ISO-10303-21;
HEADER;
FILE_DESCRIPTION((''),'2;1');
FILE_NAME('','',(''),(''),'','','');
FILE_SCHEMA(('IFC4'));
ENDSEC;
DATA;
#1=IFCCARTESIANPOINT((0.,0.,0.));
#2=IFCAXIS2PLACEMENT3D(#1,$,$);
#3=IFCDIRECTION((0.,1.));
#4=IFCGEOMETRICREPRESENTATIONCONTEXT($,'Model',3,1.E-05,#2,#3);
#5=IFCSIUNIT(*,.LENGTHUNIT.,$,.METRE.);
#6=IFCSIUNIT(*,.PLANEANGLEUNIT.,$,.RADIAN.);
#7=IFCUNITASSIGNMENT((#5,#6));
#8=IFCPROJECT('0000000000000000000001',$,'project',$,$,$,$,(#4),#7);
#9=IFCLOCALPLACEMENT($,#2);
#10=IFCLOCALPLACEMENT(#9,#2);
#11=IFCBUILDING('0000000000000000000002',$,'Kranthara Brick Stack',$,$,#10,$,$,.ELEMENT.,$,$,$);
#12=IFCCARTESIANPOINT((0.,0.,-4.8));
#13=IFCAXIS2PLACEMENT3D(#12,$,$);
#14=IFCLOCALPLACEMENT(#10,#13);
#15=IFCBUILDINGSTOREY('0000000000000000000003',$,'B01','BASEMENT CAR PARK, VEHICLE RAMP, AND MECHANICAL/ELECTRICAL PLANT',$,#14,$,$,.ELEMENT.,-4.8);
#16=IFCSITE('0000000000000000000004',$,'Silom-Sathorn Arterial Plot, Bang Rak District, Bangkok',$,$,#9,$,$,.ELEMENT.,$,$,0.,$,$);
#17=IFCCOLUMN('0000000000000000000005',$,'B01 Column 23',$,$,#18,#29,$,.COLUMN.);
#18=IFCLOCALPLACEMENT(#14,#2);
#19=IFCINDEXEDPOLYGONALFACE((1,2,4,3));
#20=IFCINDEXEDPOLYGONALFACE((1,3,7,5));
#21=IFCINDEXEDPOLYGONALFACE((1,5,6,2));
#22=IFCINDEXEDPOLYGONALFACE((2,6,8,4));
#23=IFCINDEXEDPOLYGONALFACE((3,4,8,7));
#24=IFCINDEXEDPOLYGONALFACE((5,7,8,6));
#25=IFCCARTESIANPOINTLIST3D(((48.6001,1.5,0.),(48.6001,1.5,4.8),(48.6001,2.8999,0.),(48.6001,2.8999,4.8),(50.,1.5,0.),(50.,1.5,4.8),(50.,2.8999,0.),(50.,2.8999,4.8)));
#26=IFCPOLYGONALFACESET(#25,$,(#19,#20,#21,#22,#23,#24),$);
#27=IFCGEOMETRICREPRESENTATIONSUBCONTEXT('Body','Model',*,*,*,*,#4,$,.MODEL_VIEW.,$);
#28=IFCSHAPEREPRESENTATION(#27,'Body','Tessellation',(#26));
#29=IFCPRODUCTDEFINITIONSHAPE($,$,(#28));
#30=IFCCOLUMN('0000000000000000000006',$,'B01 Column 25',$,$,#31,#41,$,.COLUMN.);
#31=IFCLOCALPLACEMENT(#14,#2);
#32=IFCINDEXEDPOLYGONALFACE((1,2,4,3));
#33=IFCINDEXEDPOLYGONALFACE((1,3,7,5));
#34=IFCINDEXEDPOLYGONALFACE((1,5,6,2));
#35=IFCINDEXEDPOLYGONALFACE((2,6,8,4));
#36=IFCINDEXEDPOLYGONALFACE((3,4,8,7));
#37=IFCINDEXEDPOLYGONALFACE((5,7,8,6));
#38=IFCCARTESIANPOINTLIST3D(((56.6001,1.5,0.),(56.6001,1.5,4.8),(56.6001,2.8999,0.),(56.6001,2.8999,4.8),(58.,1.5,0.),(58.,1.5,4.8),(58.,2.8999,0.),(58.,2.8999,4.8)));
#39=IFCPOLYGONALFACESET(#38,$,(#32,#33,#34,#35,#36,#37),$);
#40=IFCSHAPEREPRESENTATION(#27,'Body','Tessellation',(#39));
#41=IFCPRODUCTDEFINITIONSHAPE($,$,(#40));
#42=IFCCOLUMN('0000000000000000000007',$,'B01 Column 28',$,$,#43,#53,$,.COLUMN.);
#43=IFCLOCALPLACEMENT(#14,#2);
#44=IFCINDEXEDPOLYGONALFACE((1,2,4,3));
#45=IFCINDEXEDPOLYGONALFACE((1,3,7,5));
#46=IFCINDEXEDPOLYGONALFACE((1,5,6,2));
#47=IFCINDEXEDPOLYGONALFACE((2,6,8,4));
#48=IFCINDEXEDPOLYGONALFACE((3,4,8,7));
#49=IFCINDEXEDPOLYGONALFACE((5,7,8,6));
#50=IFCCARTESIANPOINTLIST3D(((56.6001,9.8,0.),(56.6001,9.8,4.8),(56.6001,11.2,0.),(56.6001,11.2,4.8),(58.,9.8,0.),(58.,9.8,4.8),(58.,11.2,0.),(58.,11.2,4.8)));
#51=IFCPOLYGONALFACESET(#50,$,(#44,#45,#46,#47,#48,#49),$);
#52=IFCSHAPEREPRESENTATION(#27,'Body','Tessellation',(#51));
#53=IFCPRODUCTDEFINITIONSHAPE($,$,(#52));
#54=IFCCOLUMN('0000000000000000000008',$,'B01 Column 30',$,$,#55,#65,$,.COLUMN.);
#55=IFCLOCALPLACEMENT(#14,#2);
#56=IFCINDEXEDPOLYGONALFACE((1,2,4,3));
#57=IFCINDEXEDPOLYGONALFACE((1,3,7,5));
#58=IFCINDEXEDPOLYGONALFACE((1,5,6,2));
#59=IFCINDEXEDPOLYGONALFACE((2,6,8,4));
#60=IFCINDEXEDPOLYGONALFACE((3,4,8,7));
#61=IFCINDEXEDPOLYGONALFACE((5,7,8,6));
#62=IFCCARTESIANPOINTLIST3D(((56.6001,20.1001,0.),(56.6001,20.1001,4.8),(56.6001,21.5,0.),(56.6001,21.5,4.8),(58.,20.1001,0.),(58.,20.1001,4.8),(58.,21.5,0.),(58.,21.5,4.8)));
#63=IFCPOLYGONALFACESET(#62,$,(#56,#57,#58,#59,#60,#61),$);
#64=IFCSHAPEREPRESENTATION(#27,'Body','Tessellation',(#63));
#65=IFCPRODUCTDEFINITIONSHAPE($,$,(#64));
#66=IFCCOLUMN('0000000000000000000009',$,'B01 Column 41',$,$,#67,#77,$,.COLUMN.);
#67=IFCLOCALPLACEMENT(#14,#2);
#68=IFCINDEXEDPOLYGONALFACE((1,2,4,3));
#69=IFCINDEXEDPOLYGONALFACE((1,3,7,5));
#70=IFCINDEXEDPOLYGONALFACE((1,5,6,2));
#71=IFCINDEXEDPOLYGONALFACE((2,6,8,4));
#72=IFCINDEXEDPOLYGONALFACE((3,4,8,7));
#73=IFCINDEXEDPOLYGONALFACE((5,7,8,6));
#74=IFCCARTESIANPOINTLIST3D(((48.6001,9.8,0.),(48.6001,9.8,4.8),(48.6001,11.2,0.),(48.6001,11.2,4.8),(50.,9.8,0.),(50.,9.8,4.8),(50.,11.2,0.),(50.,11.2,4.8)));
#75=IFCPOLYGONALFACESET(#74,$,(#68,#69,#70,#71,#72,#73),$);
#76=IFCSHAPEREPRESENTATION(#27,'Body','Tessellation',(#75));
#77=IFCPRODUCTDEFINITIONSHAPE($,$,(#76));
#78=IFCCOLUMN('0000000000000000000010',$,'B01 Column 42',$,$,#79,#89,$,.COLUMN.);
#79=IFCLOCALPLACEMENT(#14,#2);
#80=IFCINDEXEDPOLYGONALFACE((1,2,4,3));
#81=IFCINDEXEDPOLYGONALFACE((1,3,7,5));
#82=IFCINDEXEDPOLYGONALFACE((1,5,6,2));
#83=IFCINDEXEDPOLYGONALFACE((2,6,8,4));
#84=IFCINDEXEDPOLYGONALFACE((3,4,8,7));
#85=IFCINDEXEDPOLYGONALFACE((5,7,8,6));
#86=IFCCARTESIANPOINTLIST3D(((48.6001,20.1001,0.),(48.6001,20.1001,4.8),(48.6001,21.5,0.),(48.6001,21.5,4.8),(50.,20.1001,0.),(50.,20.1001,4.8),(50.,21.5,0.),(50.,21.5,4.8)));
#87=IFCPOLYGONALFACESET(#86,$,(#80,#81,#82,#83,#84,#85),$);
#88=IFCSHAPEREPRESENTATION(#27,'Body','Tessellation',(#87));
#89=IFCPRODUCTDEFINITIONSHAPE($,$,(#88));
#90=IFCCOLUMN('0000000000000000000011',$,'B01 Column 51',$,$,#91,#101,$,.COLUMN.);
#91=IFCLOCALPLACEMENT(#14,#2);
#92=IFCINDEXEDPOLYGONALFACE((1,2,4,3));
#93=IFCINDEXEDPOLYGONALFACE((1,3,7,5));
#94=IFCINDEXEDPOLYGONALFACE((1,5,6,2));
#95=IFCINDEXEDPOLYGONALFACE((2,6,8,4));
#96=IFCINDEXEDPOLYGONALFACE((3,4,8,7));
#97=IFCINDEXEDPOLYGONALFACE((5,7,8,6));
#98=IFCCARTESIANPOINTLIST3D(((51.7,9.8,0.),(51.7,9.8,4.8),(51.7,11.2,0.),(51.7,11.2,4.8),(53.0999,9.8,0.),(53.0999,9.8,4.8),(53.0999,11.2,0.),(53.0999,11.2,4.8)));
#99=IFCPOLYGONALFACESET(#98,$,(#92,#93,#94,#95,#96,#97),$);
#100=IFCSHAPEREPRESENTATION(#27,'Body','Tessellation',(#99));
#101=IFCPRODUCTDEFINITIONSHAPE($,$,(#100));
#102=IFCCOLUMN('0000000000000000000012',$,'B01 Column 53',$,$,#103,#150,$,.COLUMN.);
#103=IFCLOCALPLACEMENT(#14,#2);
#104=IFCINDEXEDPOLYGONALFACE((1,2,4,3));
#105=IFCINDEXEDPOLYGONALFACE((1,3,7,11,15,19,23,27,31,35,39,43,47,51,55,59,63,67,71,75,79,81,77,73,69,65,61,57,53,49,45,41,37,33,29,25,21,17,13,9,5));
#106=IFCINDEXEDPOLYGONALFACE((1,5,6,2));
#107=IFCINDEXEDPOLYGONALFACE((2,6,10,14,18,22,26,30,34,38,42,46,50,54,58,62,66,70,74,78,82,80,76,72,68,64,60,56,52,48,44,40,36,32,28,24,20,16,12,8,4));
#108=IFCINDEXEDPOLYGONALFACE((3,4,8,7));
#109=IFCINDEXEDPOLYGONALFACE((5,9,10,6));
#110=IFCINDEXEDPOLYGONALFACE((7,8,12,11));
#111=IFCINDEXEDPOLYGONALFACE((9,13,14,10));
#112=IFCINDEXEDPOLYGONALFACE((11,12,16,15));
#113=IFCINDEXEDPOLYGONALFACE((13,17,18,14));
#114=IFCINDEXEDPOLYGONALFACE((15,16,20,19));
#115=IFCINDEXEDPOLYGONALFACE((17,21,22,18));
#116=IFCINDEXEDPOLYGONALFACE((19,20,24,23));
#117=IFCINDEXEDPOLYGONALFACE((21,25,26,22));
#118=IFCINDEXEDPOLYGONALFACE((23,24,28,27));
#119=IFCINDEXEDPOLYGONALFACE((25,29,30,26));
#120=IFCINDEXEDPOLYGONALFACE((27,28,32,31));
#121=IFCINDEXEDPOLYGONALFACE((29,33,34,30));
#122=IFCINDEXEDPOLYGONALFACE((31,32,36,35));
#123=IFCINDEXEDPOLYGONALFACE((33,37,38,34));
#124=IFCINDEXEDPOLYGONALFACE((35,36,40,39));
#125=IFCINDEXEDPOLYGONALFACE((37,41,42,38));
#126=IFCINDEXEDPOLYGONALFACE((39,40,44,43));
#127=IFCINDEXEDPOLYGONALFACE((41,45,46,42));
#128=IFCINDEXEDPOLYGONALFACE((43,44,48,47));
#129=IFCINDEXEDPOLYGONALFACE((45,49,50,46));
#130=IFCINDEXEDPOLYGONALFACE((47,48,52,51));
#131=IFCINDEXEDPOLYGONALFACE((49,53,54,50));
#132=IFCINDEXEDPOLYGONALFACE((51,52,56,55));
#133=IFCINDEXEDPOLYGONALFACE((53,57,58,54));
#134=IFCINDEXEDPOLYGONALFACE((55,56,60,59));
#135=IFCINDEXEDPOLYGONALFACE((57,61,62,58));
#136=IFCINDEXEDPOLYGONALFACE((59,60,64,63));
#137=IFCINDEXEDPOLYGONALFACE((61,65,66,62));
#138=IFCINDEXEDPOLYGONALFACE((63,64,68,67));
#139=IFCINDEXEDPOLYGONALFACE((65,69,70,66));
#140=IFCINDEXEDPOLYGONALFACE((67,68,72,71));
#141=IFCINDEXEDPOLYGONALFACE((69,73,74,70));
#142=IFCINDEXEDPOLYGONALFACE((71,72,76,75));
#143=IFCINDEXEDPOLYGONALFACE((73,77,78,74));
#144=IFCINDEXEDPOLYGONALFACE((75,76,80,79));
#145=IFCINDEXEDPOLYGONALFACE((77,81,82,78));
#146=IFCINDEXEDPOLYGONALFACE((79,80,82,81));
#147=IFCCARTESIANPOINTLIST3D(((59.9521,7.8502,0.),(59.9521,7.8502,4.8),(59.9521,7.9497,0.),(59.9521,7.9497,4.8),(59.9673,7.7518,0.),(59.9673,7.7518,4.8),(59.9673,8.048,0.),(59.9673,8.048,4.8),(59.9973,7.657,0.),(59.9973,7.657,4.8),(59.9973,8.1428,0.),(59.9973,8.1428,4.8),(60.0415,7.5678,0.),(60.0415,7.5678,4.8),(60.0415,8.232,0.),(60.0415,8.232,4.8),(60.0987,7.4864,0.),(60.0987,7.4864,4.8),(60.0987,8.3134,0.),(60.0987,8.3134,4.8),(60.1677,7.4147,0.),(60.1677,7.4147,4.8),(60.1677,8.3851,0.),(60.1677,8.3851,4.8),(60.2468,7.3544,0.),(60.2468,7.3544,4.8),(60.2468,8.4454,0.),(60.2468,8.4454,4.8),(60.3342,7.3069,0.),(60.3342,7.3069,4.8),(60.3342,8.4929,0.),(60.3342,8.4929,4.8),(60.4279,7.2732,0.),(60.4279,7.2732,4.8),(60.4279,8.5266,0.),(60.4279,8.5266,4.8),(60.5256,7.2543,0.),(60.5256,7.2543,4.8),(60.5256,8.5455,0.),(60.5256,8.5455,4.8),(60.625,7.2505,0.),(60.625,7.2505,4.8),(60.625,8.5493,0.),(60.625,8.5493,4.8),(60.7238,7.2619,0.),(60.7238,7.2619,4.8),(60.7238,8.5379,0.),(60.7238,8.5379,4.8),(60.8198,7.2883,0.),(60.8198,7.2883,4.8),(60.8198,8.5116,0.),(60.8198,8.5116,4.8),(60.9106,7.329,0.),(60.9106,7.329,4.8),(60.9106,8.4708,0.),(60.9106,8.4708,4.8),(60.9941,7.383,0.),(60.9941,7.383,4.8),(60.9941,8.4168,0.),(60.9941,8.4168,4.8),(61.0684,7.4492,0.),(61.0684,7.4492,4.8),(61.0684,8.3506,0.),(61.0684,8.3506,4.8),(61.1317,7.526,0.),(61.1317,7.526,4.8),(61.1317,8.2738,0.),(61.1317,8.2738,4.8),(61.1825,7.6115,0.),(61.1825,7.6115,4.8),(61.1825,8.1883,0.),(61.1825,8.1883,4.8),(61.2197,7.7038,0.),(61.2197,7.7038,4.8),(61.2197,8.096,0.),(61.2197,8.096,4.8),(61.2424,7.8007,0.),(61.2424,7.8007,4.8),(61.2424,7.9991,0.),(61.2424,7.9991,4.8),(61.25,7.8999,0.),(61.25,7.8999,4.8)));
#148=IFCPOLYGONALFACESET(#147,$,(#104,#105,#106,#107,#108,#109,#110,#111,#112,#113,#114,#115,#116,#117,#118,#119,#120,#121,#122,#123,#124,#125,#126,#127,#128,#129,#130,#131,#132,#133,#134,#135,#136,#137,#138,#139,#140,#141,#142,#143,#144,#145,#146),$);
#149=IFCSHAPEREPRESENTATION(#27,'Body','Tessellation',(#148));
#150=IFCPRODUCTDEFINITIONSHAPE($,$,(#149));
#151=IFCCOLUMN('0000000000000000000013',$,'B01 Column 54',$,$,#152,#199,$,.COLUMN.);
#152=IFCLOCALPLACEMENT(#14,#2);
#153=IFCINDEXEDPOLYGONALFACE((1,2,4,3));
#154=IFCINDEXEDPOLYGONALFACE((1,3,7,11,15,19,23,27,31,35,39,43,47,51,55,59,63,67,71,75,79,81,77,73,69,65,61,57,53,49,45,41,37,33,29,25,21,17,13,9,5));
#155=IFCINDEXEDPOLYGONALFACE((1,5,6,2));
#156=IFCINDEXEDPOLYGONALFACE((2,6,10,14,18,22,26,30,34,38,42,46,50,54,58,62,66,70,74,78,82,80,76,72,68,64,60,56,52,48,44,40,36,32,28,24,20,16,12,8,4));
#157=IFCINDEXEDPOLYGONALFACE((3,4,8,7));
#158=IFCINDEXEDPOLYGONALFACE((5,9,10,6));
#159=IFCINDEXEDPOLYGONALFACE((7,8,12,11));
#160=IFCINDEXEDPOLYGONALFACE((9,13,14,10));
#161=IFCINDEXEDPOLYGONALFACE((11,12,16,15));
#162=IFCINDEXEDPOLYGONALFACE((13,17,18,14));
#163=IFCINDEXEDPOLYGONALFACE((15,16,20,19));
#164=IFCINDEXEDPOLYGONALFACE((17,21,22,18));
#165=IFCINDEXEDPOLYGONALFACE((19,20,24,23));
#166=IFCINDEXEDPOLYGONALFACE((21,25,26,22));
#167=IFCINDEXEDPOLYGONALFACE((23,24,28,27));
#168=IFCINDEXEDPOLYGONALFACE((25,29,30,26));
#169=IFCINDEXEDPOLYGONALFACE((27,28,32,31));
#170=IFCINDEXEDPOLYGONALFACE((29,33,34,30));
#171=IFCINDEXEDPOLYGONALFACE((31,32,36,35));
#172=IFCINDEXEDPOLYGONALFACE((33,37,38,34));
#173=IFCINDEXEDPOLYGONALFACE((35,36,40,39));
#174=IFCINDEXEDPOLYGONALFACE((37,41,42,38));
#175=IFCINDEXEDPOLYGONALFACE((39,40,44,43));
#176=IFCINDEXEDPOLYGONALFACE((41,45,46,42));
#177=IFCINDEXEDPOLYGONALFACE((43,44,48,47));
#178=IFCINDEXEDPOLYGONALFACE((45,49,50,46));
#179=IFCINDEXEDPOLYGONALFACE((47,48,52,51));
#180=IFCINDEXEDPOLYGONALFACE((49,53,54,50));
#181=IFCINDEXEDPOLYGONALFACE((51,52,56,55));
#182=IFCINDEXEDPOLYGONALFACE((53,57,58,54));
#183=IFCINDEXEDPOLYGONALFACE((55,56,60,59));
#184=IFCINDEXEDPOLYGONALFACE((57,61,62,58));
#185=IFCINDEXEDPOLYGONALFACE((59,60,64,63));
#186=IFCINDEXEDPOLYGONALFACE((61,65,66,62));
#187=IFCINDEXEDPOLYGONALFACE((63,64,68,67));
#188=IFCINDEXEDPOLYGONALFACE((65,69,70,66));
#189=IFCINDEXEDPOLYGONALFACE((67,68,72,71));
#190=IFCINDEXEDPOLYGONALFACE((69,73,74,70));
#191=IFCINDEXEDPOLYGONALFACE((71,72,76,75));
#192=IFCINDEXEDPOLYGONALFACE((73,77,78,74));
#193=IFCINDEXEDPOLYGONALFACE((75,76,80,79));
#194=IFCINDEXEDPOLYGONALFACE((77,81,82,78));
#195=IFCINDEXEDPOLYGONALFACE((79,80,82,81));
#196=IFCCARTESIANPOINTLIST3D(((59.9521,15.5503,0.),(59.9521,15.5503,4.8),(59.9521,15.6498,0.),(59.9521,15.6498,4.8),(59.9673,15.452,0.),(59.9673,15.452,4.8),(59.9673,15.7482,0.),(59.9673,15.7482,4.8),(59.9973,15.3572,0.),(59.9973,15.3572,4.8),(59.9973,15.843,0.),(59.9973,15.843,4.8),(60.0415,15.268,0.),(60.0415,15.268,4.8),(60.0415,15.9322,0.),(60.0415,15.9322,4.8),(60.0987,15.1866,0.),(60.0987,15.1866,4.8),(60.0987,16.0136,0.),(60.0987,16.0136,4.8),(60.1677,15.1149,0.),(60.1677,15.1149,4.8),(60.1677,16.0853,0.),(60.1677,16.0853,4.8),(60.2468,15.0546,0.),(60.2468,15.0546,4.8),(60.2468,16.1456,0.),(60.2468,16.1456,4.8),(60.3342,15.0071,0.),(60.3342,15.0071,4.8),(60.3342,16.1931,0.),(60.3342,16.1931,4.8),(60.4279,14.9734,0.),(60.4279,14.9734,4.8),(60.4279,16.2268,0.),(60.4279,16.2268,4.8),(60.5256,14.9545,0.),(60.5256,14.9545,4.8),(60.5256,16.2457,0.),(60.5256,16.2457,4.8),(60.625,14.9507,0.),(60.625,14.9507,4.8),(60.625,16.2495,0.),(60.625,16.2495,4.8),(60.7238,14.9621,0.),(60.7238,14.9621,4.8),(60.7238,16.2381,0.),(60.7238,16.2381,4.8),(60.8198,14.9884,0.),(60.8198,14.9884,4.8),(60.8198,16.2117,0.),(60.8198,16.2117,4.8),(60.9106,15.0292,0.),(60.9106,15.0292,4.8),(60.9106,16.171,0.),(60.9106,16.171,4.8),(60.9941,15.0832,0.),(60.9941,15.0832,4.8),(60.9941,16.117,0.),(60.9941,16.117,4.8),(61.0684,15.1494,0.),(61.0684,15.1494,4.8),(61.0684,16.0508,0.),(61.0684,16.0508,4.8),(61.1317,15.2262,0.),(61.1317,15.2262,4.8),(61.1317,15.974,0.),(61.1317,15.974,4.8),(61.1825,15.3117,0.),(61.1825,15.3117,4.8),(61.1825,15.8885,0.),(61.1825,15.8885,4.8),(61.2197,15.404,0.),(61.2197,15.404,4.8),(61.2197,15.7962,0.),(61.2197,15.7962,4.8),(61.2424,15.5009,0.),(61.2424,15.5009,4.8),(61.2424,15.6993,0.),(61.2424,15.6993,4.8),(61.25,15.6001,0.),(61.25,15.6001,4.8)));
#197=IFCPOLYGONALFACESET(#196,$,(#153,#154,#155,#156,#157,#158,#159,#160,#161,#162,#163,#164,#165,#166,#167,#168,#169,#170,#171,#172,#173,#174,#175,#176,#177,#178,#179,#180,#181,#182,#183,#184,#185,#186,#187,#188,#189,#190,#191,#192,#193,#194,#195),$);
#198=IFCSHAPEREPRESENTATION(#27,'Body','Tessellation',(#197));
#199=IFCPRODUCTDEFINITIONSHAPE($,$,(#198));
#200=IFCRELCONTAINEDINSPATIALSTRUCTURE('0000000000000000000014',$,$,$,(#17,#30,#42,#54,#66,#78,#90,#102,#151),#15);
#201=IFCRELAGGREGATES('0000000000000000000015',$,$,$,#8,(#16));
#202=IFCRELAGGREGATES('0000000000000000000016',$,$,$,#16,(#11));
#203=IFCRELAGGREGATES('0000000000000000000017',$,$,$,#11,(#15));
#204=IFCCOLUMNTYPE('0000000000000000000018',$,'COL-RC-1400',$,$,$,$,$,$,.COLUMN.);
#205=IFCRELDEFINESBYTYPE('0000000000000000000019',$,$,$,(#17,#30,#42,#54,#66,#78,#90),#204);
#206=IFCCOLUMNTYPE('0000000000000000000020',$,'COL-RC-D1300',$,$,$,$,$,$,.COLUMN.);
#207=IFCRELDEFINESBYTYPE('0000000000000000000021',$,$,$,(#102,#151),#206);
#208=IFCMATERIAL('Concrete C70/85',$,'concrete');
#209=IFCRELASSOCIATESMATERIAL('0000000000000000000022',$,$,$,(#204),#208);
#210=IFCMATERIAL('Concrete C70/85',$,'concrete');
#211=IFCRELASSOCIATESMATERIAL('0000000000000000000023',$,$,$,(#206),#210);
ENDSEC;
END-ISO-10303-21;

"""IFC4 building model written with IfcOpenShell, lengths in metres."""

from ifc_helpers import new_model, si_unit, direction, frame, origin, origin_2d, place, context, subcontext, project, spatial, rectangle, circle, extrude, material, material_profile, profile_set, type_object, element, save


model = new_model("IFC4")

# Units and contexts
model_context = context("Model", 3, precision=1e-05, world=origin(), true_north=direction((0.0, 1.0)))
body_context = subcontext(model_context, "Body", "Model", "MODEL_VIEW")
ifc_project = project(units=[si_unit("LENGTHUNIT", "METRE"), si_unit("PLANEANGLEUNIT", "RADIAN")], contexts=[model_context])

# Site, building, storey
site_placement = place(None, origin())
site = spatial("IfcSite", under=ifc_project, at=site_placement, Name="Silom-Sathorn Arterial Plot, Bang Rak District, Bangkok", CompositionType="ELEMENT", RefElevation=0.0)
building_placement = place(site_placement, origin())
building = spatial("IfcBuilding", under=site, at=building_placement, Name="Kranthara Brick Stack", CompositionType="ELEMENT")
storey_placement = place(building_placement, frame((0.0, 0.0, -4.8)))
storey = spatial("IfcBuildingStorey", under=building, at=storey_placement, Name="B01", Description="BASEMENT CAR PARK, VEHICLE RAMP, AND MECHANICAL/ELECTRICAL PLANT", CompositionType="ELEMENT", Elevation=-4.8)

# Columns
ifc_material_1 = material(Name="Concrete C70/85", Category="concrete")
ifc_material_profile_1 = material_profile(ifc_material_1, rectangle(XDim=1.3999, YDim=1.3999, at=origin_2d()), Name="RC 1400x1400")
ifc_profile_set_1 = profile_set([ifc_material_profile_1], Name="Concrete C70/85")
column_type_1 = type_object("IfcColumnType", Name="COL-RC-1400", PredefinedType="COLUMN", material=ifc_profile_set_1)
for number, where, z_axis, x_axis, name in (
    (1, (49.3, 2.2, 0.0), (0.0, 0.0, 1.0), (1.0, 0.0, 0.0), "B01 Column 23"),
    (2, (57.3, 2.2, 0.0), (0.0, 0.0, 1.0), (1.0, 0.0, 0.0), "B01 Column 25"),
    (3, (57.3, 10.5, 0.0), (0.0, 0.0, 1.0), (1.0, 0.0, 0.0), "B01 Column 28"),
    (4, (57.3, 20.8, 0.0), (0.0, 0.0, 1.0), (1.0, 0.0, 0.0), "B01 Column 30"),
    (5, (49.3, 10.5, 0.0), (0.0, 0.0, 1.0), (1.0, 0.0, 0.0), "B01 Column 41"),
    (6, (49.3, 20.8, 0.0), (0.0, 0.0, 1.0), (1.0, 0.0, 0.0), "B01 Column 42"),
    (7, (52.3999, 10.5, 0.0), (0.0, 0.0, 1.0), (1.0, 0.0, 0.0), "B01 Column 51"),
):
    element("IfcColumn", number, at=place(storey_placement, frame(where, z_axis=z_axis, x_axis=x_axis)), inside=storey, type_object=column_type_1, Name=name, PredefinedType="COLUMN", context=body_context, shape_type="SweptSolid", body=[
        extrude(rectangle(XDim=1.3999, YDim=1.3999, at=origin_2d()), origin(), (0.0, 0.0, 1.0), 4.8),
    ])
ifc_material_2 = material(Name="Concrete C70/85", Category="concrete")
ifc_material_profile_2 = material_profile(ifc_material_2, circle(Radius=0.6499, at=origin_2d()), Name="RC D1300")
ifc_profile_set_2 = profile_set([ifc_material_profile_2], Name="Concrete C70/85")
column_type_2 = type_object("IfcColumnType", Name="COL-RC-D1300", PredefinedType="COLUMN", material=ifc_profile_set_2)
for number, where, z_axis, x_axis, name in (
    (8, (60.6001, 7.8999, 0.0), (0.0, 0.0, 1.0), (1.0, 0.0, 0.0), "B01 Column 53"),
    (9, (60.6001, 15.6001, 0.0), (0.0, 0.0, 1.0), (1.0, 0.0, 0.0), "B01 Column 54"),
):
    element("IfcColumn", number, at=place(storey_placement, frame(where, z_axis=z_axis, x_axis=x_axis)), inside=storey, type_object=column_type_2, Name=name, PredefinedType="COLUMN", context=body_context, shape_type="SweptSolid", body=[
        extrude(circle(Radius=0.6499, at=origin_2d()), origin(), (0.0, 0.0, 1.0), 4.8),
    ])

save(model, "model.ifc")
